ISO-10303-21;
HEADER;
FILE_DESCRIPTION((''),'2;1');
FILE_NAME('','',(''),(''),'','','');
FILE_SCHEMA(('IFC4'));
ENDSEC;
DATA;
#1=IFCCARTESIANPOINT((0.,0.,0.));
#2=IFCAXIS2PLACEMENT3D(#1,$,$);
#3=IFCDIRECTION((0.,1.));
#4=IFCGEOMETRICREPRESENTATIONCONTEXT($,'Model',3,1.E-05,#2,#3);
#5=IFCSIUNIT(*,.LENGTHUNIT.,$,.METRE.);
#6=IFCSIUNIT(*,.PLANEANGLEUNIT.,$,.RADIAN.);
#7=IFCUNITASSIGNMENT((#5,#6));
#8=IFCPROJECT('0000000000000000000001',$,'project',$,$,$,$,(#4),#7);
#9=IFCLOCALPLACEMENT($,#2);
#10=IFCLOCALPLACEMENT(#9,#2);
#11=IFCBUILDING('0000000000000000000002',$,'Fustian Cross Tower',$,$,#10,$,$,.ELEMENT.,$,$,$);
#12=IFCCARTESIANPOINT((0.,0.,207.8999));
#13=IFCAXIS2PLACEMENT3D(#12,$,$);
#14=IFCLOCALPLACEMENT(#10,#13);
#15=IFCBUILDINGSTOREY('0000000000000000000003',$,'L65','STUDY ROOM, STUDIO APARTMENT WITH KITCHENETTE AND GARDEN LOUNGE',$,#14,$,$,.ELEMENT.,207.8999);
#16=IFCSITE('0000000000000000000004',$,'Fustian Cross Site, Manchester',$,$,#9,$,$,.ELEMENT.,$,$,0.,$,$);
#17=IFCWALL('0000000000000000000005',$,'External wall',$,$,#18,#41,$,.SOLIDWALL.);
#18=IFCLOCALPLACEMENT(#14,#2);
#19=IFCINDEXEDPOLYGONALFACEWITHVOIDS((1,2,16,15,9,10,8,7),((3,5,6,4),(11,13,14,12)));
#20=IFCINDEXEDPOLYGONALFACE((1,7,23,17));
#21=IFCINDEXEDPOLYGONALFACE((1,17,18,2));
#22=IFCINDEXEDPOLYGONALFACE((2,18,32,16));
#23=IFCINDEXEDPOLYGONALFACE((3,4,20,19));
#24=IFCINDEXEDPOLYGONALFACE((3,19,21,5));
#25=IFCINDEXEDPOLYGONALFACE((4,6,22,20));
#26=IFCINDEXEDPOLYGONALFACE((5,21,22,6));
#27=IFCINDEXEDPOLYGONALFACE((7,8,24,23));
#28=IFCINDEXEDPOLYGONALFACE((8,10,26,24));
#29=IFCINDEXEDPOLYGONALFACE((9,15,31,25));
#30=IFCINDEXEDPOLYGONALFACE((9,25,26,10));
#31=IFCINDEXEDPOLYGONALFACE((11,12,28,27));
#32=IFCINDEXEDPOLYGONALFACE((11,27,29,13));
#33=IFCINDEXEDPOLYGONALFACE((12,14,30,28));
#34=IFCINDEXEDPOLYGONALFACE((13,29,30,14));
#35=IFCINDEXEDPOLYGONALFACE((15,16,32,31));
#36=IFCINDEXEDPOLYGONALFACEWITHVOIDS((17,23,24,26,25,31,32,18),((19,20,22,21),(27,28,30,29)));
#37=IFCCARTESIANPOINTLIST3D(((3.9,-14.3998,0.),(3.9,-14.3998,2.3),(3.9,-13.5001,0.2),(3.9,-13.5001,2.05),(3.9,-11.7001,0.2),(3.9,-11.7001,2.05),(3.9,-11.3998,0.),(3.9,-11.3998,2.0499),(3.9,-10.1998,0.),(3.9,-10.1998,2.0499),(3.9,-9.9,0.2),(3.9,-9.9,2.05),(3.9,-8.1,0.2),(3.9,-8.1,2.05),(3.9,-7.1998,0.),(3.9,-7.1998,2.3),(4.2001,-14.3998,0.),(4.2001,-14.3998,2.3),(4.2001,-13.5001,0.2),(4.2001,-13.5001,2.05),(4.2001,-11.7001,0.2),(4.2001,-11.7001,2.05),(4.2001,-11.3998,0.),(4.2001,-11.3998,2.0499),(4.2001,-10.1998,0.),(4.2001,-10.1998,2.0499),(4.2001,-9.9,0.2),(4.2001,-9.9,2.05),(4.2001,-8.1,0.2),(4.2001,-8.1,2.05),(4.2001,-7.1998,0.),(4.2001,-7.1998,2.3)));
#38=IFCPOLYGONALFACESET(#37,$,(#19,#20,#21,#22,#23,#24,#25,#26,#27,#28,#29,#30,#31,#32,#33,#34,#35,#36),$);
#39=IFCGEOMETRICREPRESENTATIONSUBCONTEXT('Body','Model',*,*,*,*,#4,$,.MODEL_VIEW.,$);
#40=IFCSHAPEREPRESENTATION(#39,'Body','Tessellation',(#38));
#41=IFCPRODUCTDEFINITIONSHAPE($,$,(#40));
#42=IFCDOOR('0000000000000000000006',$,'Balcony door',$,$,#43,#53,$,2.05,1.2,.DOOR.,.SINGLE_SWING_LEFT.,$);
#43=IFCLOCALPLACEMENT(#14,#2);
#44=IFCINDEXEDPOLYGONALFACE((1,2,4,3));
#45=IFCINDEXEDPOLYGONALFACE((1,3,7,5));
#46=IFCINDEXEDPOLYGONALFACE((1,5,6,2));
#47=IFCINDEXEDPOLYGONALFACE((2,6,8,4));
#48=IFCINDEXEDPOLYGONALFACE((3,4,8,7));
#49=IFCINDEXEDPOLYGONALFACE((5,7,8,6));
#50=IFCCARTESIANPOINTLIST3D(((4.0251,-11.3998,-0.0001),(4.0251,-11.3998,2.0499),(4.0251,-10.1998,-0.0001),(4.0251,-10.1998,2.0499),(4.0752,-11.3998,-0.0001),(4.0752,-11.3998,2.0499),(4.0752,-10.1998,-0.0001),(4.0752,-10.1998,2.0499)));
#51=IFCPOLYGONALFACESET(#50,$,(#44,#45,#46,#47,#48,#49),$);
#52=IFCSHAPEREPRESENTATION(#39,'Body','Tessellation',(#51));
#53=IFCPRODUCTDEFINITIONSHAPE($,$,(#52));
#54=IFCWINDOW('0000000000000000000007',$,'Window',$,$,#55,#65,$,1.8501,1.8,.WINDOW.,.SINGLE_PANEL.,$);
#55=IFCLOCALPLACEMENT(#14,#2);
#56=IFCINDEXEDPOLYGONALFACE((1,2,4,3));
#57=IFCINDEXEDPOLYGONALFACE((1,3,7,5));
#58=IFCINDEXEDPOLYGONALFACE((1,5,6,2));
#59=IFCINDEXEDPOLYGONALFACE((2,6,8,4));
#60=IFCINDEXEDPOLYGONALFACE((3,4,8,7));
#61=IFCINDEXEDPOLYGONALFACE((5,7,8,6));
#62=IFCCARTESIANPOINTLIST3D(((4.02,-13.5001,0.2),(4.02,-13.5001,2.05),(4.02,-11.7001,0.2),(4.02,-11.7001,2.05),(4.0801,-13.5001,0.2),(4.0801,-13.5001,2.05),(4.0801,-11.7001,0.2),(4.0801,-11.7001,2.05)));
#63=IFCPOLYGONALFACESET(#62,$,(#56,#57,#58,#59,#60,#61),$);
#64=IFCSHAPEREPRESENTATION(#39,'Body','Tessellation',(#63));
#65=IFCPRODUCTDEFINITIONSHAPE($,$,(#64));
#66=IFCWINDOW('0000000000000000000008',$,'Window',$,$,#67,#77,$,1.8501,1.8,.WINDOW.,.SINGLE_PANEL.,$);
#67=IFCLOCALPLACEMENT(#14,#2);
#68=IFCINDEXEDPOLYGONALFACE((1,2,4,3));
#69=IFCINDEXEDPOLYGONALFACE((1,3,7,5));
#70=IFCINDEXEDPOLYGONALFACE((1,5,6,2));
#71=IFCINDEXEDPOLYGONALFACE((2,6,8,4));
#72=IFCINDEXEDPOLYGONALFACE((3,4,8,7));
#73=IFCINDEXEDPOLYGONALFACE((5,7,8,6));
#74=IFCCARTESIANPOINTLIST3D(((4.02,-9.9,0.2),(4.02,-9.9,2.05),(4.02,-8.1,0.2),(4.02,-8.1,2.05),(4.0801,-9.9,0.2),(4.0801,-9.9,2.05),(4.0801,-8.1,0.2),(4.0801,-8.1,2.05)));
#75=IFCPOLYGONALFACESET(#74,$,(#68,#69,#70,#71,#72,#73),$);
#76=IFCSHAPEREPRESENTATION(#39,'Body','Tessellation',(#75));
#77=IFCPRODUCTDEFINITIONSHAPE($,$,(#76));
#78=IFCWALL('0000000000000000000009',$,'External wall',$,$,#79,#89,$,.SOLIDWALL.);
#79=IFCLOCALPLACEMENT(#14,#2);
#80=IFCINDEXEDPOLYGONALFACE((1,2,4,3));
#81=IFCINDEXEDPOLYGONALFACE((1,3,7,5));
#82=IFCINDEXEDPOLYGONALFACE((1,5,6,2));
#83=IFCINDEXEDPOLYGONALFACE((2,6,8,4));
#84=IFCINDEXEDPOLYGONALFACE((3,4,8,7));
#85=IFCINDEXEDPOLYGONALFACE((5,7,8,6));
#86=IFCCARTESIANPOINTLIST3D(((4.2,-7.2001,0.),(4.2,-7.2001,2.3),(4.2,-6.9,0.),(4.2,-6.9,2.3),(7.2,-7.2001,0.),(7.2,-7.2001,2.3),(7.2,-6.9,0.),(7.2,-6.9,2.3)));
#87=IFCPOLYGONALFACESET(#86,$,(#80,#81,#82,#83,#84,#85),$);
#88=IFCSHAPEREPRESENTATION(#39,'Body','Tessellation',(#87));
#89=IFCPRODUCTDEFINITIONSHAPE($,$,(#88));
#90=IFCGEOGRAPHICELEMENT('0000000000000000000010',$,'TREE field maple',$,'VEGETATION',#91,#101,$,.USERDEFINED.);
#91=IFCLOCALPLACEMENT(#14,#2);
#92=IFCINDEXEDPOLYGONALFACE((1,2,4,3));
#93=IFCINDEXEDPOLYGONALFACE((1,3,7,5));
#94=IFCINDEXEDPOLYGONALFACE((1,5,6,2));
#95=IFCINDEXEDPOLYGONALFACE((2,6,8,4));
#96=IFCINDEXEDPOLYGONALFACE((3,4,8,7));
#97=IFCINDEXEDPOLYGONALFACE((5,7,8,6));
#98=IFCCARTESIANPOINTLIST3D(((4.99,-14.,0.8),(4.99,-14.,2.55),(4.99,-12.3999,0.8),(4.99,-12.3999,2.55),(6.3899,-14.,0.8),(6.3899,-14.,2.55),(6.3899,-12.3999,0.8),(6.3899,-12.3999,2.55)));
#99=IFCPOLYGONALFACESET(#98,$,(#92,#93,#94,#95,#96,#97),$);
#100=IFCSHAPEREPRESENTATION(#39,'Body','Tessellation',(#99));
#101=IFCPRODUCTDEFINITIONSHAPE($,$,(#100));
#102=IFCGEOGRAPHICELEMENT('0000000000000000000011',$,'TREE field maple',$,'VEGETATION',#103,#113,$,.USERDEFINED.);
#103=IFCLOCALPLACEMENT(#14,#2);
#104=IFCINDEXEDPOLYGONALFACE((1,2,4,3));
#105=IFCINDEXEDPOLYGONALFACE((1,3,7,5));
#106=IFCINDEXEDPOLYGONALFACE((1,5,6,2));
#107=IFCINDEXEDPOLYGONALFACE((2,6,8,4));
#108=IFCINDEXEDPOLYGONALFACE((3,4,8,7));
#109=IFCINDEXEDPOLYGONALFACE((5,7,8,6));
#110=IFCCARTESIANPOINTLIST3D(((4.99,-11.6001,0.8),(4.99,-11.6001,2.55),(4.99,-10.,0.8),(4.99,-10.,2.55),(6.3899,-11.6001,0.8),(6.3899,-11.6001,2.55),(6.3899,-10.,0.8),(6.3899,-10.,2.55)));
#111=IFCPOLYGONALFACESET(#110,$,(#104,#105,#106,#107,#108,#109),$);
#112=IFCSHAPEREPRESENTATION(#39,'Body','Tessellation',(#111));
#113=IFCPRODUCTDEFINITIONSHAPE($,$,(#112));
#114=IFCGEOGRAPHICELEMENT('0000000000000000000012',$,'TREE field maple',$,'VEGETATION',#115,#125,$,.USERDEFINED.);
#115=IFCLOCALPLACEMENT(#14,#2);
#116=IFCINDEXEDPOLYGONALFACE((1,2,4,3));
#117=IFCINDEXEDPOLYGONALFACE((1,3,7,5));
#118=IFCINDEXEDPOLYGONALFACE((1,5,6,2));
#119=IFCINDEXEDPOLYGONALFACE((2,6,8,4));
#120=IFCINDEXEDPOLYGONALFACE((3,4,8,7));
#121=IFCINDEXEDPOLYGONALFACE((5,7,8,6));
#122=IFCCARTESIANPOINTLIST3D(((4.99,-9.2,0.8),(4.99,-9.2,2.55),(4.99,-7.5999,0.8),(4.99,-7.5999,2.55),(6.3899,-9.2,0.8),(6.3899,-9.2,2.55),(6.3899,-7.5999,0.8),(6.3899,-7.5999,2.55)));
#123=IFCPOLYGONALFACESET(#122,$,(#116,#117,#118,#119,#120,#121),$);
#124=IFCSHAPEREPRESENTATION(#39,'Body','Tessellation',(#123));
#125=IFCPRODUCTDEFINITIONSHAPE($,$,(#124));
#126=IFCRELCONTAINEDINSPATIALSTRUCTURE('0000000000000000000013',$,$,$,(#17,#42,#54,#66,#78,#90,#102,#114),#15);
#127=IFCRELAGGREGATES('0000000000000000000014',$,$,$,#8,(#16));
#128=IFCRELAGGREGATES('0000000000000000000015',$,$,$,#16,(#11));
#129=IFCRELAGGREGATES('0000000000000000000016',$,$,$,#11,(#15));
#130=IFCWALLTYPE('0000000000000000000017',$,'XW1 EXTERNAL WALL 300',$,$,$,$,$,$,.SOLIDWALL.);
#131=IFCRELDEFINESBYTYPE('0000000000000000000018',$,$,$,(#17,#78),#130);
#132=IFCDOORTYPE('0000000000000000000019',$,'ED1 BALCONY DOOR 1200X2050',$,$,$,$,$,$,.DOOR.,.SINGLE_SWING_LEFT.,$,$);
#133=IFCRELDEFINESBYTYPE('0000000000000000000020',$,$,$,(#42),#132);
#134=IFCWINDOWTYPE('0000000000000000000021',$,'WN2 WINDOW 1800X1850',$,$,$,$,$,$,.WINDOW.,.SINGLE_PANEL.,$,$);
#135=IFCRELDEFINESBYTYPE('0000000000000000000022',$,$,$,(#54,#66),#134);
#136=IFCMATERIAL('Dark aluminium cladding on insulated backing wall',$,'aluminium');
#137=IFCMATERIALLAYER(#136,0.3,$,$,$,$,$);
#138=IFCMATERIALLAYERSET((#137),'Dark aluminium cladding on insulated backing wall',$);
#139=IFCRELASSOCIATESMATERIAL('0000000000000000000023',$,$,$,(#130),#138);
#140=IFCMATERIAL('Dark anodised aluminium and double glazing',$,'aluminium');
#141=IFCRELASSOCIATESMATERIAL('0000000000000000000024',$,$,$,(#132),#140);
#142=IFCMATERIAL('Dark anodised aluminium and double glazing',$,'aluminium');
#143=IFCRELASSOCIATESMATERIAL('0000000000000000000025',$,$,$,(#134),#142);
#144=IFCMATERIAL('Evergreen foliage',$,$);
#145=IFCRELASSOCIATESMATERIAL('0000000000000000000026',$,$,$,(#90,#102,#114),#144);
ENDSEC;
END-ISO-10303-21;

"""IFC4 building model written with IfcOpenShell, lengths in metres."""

from ifc_helpers import new_model, si_unit, direction, frame, frame_2d, origin, origin_2d, place, context, subcontext, project, spatial, rectangle, extrude, material, layer, layer_set, type_object, element, fill, save


model = new_model("IFC4")

# Units and contexts
model_context = context("Model", 3, precision=1e-05, world=origin(), true_north=direction((0.0, 1.0)))
body_context = subcontext(model_context, "Body", "Model", "MODEL_VIEW")
ifc_project = project(units=[si_unit("LENGTHUNIT", "METRE"), si_unit("PLANEANGLEUNIT", "RADIAN")], contexts=[model_context])

# Site, building, storey
site_placement = place(None, origin())
site = spatial("IfcSite", under=ifc_project, at=site_placement, Name="Fustian Cross Site, Manchester", CompositionType="ELEMENT", RefElevation=0.0)
building_placement = place(site_placement, origin())
building = spatial("IfcBuilding", under=site, at=building_placement, Name="Fustian Cross Tower", CompositionType="ELEMENT")
storey_placement = place(building_placement, frame((0.0, 0.0, 207.8999)))
storey = spatial("IfcBuildingStorey", under=building, at=storey_placement, Name="L65", Description="STUDY ROOM, STUDIO APARTMENT WITH KITCHENETTE AND GARDEN LOUNGE", CompositionType="ELEMENT", Elevation=207.8999)

# Shared definitions
ifc_material_1 = material(Name="Dark aluminium cladding on insulated backing wall", Category="aluminium")
ifc_layer_1 = layer(ifc_material_1, 0.3)
ifc_layer_set_1 = layer_set([ifc_layer_1], Name="Dark aluminium cladding on insulated backing wall")
wall_type_1 = type_object("IfcWallType", Name="XW1 EXTERNAL WALL 300", PredefinedType="SOLIDWALL", material=ifc_layer_set_1)

# Wall, openings, door, windows
wall_1_placement = place(storey_placement, frame((4.05, -14.3999, 0.0), z_axis=(0.0, 0.0, 1.0), x_axis=(0.0, 1.0, 0.0)))
wall_1 = element("IfcWall", 1, at=wall_1_placement, inside=storey, type_object=wall_type_1, Name="External wall", PredefinedType="SOLIDWALL", context=body_context, shape_type="SweptSolid", body=[
    extrude(rectangle(XDim=7.2, YDim=0.3, at=frame_2d((3.6001, 0.0))), origin(), (0.0, 0.0, 1.0), 2.3),
])
opening_1_placement = place(wall_1_placement, frame((3.0, 0.0, 0.0)))
opening_1 = element("IfcOpeningElement", 2, at=opening_1_placement, cuts=wall_1, PredefinedType="OPENING", context=body_context, shape_type="SweptSolid", body=[
    extrude(rectangle(XDim=1.2, YDim=2.05, at=frame_2d((0.6001, 1.0249))), frame((0.0, 0.1599, 0.0), z_axis=(0.0, -1.0, 0.0), x_axis=(1.0, 0.0, 0.0)), (0.0, 0.0, 1.0), 0.3201),
])
opening_2_placement = place(wall_1_placement, frame((0.8999, 0.0, 0.2)))
opening_2 = element("IfcOpeningElement", 3, at=opening_2_placement, cuts=wall_1, PredefinedType="OPENING", context=body_context, shape_type="SweptSolid", body=[
    extrude(rectangle(XDim=1.8, YDim=1.8501, at=frame_2d((0.8999, 0.925))), frame((0.0, 0.1599, 0.0), z_axis=(0.0, -1.0, 0.0), x_axis=(1.0, 0.0, 0.0)), (0.0, 0.0, 1.0), 0.3201),
])
opening_3_placement = place(wall_1_placement, frame((4.5, 0.0, 0.2)))
opening_3 = element("IfcOpeningElement", 4, at=opening_3_placement, cuts=wall_1, PredefinedType="OPENING", context=body_context, shape_type="SweptSolid", body=[
    extrude(rectangle(XDim=1.8, YDim=1.8501, at=frame_2d((0.8999, 0.925))), frame((0.0, 0.1599, 0.0), z_axis=(0.0, -1.0, 0.0), x_axis=(1.0, 0.0, 0.0)), (0.0, 0.0, 1.0), 0.3201),
])
ifc_material_2 = material(Name="Dark anodised aluminium and double glazing", Category="aluminium")
door_type_1 = type_object("IfcDoorType", Name="ED1 BALCONY DOOR 1200X2050", OperationType="SINGLE_SWING_LEFT", PredefinedType="DOOR", material=ifc_material_2)
door_1_placement = place(opening_1_placement, origin())
door_1 = element("IfcDoor", 5, at=door_1_placement, inside=storey, type_object=door_type_1, Name="Balcony door", OperationType="SINGLE_SWING_LEFT", OverallHeight=2.05, OverallWidth=1.2, PredefinedType="DOOR", context=body_context, shape_type="SweptSolid", body=[
    extrude(rectangle(XDim=1.2, YDim=2.05, at=frame_2d((0.6001, 1.0249))), frame((0.0, 0.0249, 0.0), z_axis=(0.0, -1.0, 0.0), x_axis=(1.0, 0.0, 0.0)), (0.0, 0.0, 1.0), 0.05),
])
fill(opening_1, door_1)
ifc_material_3 = material(Name="Dark anodised aluminium and double glazing", Category="aluminium")
window_type = type_object("IfcWindowType", Name="WN2 WINDOW 1800X1850", PartitioningType="SINGLE_PANEL", PredefinedType="WINDOW", material=ifc_material_3)
window_1_placement = place(opening_2_placement, origin())
window_1 = element("IfcWindow", 6, at=window_1_placement, inside=storey, type_object=window_type, Name="Window", OverallHeight=1.8501, OverallWidth=1.8, PartitioningType="SINGLE_PANEL", PredefinedType="WINDOW", context=body_context, shape_type="SweptSolid", body=[
    extrude(rectangle(XDim=1.8, YDim=1.8501, at=frame_2d((0.8999, 0.925))), frame((0.0, 0.03, 0.0), z_axis=(0.0, -1.0, 0.0), x_axis=(1.0, 0.0, 0.0)), (0.0, 0.0, 1.0), 0.0601),
])
fill(opening_2, window_1)
window_2_placement = place(opening_3_placement, origin())
window_2 = element("IfcWindow", 7, at=window_2_placement, inside=storey, type_object=window_type, Name="Window", OverallHeight=1.8501, OverallWidth=1.8, PartitioningType="SINGLE_PANEL", PredefinedType="WINDOW", context=body_context, shape_type="SweptSolid", body=[
    extrude(rectangle(XDim=1.8, YDim=1.8501, at=frame_2d((0.8999, 0.925))), frame((0.0, 0.03, 0.0), z_axis=(0.0, -1.0, 0.0), x_axis=(1.0, 0.0, 0.0)), (0.0, 0.0, 1.0), 0.0601),
])
fill(opening_3, window_2)

# Wall
wall_2_placement = place(storey_placement, frame((4.2, -7.05, 0.0), z_axis=(0.0, 0.0, 1.0), x_axis=(1.0, 0.0, 0.0)))
element("IfcWall", 8, at=wall_2_placement, inside=storey, type_object=wall_type_1, Name="External wall", PredefinedType="SOLIDWALL", context=body_context, shape_type="SweptSolid", body=[
    extrude(rectangle(XDim=3.0, YDim=0.3, at=frame_2d((1.5, 0.0))), origin(), (0.0, 0.0, 1.0), 2.3),
])

# Geographic elements
ifc_material_4 = material(Name="Evergreen foliage")
for number, where, z_axis, x_axis, name in (
    (9, (5.6899, -13.2, 0.8), (0.0, 0.0, 1.0), (1.0, 0.0, 0.0), "TREE field maple"),
    (10, (5.6899, -10.8, 0.8), (0.0, 0.0, 1.0), (1.0, 0.0, 0.0), "TREE field maple"),
    (11, (5.6899, -8.3999, 0.8), (0.0, 0.0, 1.0), (1.0, 0.0, 0.0), "TREE field maple"),
):
    element("IfcGeographicElement", number, at=place(storey_placement, frame(where, z_axis=z_axis, x_axis=x_axis)), inside=storey, material=ifc_material_4, Name=name, ObjectType="VEGETATION", PredefinedType="USERDEFINED", context=body_context, shape_type="SweptSolid", body=[
        extrude(rectangle(XDim=1.3999, YDim=1.6001, at=origin_2d()), origin(), (0.0, 0.0, 1.0), 1.75),
    ])

save(model, "model.ifc")
